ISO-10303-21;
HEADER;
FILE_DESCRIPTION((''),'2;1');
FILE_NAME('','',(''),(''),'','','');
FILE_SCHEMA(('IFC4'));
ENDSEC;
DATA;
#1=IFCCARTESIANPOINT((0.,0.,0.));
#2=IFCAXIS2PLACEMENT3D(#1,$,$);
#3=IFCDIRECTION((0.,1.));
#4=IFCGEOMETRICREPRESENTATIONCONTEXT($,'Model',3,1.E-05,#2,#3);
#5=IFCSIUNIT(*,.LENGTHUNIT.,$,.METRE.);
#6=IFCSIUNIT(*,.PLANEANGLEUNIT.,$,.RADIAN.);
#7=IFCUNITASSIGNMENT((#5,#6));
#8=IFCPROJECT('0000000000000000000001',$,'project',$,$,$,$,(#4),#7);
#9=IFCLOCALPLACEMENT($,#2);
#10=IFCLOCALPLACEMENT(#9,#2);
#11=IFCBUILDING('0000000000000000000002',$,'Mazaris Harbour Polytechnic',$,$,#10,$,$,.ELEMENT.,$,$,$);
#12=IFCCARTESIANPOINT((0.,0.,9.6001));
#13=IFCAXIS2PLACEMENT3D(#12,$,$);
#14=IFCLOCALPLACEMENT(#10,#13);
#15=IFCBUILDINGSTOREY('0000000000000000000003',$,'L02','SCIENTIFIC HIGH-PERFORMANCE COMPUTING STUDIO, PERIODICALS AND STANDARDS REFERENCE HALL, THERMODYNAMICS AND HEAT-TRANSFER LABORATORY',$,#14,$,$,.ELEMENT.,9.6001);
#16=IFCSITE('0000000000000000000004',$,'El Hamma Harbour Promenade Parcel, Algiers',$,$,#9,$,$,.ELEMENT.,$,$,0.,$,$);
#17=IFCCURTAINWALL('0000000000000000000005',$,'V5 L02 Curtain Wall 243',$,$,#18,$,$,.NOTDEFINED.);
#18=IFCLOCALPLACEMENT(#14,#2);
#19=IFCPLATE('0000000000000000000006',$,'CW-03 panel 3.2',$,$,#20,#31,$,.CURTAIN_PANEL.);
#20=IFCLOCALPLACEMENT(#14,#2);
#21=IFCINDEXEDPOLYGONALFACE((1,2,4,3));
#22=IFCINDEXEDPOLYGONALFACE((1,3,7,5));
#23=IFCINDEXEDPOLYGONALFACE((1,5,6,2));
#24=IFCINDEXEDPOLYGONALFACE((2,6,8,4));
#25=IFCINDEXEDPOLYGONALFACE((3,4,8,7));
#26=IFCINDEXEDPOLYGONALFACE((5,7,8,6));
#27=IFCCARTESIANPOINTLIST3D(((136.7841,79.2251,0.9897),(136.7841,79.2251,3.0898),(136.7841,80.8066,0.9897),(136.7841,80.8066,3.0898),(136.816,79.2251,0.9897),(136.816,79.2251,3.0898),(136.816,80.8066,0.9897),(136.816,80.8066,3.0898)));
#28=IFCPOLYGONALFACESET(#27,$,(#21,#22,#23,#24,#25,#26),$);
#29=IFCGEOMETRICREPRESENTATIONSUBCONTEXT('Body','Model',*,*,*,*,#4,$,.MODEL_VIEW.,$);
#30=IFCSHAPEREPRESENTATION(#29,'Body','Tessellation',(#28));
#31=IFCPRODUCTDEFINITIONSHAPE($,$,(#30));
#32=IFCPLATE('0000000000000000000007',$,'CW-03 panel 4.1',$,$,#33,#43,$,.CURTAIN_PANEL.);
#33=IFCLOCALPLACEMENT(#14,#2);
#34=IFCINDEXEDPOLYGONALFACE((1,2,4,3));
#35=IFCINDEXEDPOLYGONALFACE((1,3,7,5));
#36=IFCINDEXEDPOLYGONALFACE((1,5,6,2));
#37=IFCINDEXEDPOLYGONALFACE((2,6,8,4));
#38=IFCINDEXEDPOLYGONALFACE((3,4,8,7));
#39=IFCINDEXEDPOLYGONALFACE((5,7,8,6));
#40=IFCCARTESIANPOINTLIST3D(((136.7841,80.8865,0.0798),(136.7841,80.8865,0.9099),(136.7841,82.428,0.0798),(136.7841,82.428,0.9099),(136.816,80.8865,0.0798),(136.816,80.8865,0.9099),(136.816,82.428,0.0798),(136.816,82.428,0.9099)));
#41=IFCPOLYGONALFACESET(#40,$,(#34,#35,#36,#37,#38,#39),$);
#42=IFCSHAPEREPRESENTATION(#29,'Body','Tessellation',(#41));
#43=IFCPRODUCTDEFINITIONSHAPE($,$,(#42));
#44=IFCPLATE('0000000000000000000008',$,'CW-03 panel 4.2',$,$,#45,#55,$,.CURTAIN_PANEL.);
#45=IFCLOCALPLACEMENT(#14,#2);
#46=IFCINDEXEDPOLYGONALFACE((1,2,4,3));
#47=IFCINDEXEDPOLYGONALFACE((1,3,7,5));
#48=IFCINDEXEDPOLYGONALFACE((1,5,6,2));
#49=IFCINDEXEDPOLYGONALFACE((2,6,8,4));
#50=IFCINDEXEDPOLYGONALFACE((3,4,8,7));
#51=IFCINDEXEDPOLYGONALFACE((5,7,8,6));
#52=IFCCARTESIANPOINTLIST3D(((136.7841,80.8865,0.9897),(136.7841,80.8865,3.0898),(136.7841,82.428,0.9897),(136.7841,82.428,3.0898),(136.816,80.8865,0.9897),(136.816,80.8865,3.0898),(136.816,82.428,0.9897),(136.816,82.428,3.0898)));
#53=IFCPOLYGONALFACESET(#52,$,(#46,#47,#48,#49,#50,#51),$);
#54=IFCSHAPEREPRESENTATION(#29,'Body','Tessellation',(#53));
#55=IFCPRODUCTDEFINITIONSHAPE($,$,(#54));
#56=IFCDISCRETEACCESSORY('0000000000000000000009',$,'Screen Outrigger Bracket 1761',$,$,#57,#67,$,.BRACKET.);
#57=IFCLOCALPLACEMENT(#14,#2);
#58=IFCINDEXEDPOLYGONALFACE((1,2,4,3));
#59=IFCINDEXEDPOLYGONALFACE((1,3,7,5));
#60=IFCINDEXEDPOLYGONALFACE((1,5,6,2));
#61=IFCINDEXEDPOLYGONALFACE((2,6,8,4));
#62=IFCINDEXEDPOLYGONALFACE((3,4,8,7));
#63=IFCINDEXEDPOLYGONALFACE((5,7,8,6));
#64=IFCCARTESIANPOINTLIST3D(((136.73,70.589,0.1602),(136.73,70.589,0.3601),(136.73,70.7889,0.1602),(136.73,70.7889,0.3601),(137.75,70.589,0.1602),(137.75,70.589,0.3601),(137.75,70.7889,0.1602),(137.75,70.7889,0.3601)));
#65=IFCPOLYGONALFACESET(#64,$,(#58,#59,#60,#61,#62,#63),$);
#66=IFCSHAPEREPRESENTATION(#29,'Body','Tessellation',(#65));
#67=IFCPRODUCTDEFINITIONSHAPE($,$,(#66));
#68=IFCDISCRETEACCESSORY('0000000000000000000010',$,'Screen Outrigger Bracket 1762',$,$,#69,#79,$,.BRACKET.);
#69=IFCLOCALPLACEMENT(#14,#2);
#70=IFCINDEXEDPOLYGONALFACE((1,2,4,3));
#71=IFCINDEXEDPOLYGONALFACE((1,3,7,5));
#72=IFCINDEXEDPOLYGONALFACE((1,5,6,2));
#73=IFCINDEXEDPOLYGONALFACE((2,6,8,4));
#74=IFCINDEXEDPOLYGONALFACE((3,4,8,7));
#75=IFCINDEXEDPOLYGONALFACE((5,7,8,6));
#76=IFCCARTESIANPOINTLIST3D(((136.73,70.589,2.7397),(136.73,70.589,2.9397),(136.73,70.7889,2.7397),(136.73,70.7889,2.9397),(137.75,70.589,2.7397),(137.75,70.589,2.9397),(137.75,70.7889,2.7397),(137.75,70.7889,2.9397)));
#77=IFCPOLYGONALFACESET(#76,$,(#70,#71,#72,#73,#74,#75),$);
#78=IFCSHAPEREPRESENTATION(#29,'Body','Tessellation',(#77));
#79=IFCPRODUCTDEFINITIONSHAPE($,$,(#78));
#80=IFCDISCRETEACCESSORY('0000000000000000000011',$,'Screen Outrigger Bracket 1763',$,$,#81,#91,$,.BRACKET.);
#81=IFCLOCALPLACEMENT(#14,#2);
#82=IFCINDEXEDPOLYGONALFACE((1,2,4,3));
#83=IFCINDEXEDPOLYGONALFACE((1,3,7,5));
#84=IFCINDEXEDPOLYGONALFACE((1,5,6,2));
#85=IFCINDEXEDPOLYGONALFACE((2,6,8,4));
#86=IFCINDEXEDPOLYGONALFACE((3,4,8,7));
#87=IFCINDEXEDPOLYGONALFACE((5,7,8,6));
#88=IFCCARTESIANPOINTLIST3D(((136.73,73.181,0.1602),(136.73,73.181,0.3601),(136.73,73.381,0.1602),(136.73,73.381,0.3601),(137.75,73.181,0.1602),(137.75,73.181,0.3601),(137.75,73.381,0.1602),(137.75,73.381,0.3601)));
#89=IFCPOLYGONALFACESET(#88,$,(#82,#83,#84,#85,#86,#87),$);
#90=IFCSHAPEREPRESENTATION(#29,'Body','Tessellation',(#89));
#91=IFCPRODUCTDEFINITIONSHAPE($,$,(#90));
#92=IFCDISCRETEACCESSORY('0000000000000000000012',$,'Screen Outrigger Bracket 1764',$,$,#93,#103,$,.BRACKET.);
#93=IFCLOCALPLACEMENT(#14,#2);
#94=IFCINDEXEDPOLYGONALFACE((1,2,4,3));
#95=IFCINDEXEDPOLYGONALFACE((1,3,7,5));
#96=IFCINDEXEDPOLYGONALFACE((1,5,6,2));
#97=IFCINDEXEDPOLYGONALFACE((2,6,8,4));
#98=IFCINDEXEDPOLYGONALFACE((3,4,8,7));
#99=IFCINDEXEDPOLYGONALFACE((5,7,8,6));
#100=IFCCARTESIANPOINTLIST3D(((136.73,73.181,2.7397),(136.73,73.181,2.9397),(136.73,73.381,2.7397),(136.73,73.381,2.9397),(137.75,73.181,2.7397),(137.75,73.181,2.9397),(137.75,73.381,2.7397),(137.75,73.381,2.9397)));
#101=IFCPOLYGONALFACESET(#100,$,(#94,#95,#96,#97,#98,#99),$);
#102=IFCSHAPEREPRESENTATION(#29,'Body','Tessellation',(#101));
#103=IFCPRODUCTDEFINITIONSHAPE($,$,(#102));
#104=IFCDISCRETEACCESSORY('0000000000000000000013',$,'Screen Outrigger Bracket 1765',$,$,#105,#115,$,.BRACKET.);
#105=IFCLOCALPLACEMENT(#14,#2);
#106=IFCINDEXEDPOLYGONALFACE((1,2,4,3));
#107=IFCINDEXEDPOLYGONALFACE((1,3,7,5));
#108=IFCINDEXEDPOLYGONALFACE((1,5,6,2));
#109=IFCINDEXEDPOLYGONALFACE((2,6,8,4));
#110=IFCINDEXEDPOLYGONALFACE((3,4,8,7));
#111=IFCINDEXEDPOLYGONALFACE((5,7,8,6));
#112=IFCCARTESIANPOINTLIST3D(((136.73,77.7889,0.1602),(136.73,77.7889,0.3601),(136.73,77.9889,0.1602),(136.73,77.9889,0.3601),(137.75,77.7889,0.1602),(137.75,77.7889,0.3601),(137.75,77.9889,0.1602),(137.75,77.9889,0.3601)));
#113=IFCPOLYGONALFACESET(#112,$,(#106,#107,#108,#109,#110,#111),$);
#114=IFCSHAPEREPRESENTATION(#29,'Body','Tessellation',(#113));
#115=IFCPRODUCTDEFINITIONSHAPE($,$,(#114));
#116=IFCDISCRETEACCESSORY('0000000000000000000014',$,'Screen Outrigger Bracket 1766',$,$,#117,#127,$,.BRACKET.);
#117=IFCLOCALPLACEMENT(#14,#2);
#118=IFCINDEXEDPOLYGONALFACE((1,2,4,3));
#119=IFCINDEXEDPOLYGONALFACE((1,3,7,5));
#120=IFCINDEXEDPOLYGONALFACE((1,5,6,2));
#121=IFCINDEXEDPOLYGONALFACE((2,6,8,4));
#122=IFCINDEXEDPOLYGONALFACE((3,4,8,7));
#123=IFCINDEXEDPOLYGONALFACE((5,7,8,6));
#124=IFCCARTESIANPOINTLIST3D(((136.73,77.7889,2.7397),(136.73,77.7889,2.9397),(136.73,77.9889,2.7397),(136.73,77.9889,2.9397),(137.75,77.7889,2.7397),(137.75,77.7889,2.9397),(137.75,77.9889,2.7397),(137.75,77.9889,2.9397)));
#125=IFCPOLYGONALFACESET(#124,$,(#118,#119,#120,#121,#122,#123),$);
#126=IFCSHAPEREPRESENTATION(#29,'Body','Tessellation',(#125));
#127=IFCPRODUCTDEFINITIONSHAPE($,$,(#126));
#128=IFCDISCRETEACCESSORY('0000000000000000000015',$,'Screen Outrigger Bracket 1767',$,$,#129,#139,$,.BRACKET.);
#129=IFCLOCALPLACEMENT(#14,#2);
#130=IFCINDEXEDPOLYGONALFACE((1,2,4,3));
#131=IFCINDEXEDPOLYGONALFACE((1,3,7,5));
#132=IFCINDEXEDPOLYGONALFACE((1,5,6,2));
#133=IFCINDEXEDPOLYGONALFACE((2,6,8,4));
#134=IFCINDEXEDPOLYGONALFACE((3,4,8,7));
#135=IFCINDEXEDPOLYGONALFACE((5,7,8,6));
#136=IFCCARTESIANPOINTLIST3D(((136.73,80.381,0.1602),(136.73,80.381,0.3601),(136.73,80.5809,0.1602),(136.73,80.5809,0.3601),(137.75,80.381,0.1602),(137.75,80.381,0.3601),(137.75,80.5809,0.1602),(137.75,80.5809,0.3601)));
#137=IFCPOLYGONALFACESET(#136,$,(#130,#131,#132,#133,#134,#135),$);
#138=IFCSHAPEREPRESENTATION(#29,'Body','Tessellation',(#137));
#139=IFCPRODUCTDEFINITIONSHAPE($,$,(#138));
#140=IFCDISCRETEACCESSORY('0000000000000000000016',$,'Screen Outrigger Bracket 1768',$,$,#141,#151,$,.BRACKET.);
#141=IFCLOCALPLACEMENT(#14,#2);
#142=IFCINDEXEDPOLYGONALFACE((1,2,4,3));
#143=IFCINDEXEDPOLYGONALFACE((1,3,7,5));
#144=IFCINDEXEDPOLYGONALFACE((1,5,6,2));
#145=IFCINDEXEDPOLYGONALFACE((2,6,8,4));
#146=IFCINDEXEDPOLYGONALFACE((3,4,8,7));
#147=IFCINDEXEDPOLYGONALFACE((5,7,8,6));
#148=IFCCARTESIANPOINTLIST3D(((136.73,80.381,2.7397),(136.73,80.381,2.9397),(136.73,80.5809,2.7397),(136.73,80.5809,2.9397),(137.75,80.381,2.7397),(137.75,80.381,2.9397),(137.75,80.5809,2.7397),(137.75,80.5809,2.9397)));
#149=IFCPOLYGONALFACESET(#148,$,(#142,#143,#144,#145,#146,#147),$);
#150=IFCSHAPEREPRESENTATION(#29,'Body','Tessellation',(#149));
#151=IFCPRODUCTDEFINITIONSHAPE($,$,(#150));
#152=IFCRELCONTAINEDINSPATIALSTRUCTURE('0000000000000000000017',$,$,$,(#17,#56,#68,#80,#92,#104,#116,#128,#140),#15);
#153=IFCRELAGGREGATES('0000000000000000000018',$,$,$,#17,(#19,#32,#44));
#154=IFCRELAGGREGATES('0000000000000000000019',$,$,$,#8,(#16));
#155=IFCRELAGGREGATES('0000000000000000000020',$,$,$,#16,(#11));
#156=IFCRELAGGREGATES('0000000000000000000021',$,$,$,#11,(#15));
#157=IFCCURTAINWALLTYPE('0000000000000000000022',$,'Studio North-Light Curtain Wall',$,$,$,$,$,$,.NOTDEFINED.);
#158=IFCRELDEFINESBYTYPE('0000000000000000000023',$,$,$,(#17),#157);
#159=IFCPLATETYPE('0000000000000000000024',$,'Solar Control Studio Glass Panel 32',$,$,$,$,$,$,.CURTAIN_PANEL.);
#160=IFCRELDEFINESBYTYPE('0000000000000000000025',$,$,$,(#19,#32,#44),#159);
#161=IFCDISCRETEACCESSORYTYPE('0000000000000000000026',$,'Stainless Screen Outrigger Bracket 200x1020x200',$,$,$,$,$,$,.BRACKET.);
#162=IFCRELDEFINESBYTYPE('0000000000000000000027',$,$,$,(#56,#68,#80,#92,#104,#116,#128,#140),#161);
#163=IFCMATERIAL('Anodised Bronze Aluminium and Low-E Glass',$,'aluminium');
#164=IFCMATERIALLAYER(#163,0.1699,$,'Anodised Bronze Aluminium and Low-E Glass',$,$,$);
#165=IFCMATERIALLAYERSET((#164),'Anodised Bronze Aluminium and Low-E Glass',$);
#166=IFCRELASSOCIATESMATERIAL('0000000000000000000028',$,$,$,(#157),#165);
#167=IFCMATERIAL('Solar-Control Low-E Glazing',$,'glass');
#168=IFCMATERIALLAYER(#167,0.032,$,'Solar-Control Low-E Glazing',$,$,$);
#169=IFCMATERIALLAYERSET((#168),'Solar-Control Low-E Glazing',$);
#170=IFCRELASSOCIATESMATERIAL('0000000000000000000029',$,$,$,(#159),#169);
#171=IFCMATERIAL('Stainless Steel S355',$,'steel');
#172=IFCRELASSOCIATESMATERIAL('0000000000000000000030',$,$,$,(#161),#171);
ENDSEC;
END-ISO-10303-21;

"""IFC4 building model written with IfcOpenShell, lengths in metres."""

from ifc_helpers import new_model, si_unit, direction, frame, origin, origin_2d, place, context, subcontext, project, spatial, rectangle, extrude, material, layer, layer_set, type_object, element, aggregate, save


model = new_model("IFC4")

# Units and contexts
model_context = context("Model", 3, precision=1e-05, world=origin(), true_north=direction((0.0, 1.0)))
body_context = subcontext(model_context, "Body", "Model", "MODEL_VIEW")
ifc_project = project(units=[si_unit("LENGTHUNIT", "METRE"), si_unit("PLANEANGLEUNIT", "RADIAN")], contexts=[model_context])

# Site, building, storey
site_placement = place(None, origin())
site = spatial("IfcSite", under=ifc_project, at=site_placement, Name="El Hamma Harbour Promenade Parcel, Algiers", CompositionType="ELEMENT", RefElevation=0.0)
building_placement = place(site_placement, origin())
building = spatial("IfcBuilding", under=site, at=building_placement, Name="Mazaris Harbour Polytechnic", CompositionType="ELEMENT")
storey_placement = place(building_placement, frame((0.0, 0.0, 9.6001)))
storey = spatial("IfcBuildingStorey", under=building, at=storey_placement, Name="L02", Description="SCIENTIFIC HIGH-PERFORMANCE COMPUTING STUDIO, PERIODICALS AND STANDARDS REFERENCE HALL, THERMODYNAMICS AND HEAT-TRANSFER LABORATORY", CompositionType="ELEMENT", Elevation=9.6001)

# Curtain wall
ifc_material_1 = material(Name="Anodised Bronze Aluminium and Low-E Glass", Category="aluminium")
ifc_layer_1 = layer(ifc_material_1, 0.1699, Name="Anodised Bronze Aluminium and Low-E Glass")
ifc_layer_set_1 = layer_set([ifc_layer_1], Name="Anodised Bronze Aluminium and Low-E Glass")
curtain_wall_type = type_object("IfcCurtainWallType", Name="Studio North-Light Curtain Wall", PredefinedType="NOTDEFINED", material=ifc_layer_set_1)
curtain_wall_1_placement = place(storey_placement, origin())
curtain_wall_1 = element("IfcCurtainWall", 1, at=curtain_wall_1_placement, inside=storey, type_object=curtain_wall_type, Name="V5 L02 Curtain Wall 243", PredefinedType="NOTDEFINED")

# Plates
ifc_material_2 = material(Name="Solar-Control Low-E Glazing", Category="glass")
ifc_layer_2 = layer(ifc_material_2, 0.032, Name="Solar-Control Low-E Glazing")
ifc_layer_set_2 = layer_set([ifc_layer_2], Name="Solar-Control Low-E Glazing")
plate_type = type_object("IfcPlateType", Name="Solar Control Studio Glass Panel 32", PredefinedType="CURTAIN_PANEL", material=ifc_layer_set_2)
plate_1_placement = place(storey_placement, frame((136.8, 80.0159, 0.9897), z_axis=(0.0, 0.0, 1.0), x_axis=(0.0, 1.0, 0.0)))
plate_1 = element("IfcPlate", 2, at=plate_1_placement, type_object=plate_type, Name="CW-03 panel 3.2", PredefinedType="CURTAIN_PANEL", context=body_context, shape_type="SweptSolid", body=[
    extrude(rectangle(XDim=1.5815, YDim=0.032, at=origin_2d()), origin(), (0.0, 0.0, 1.0), 2.1001),
])
plate_2_placement = place(storey_placement, frame((136.8, 81.6572, 0.0798), z_axis=(0.0, 0.0, 1.0), x_axis=(0.0, 1.0, 0.0)))
plate_2 = element("IfcPlate", 3, at=plate_2_placement, type_object=plate_type, Name="CW-03 panel 4.1", PredefinedType="CURTAIN_PANEL", context=body_context, shape_type="SweptSolid", body=[
    extrude(rectangle(XDim=1.5415, YDim=0.032, at=origin_2d()), origin(), (0.0, 0.0, 1.0), 0.8301),
])
plate_3_placement = place(storey_placement, frame((136.8, 81.6572, 0.9897), z_axis=(0.0, 0.0, 1.0), x_axis=(0.0, 1.0, 0.0)))
plate_3 = element("IfcPlate", 4, at=plate_3_placement, type_object=plate_type, Name="CW-03 panel 4.2", PredefinedType="CURTAIN_PANEL", context=body_context, shape_type="SweptSolid", body=[
    extrude(rectangle(XDim=1.5415, YDim=0.032, at=origin_2d()), origin(), (0.0, 0.0, 1.0), 2.1001),
])
aggregate(curtain_wall_1, [plate_1, plate_2, plate_3])

# Discrete accessories
ifc_material_3 = material(Name="Stainless Steel S355", Category="steel")
discrete_accessory_type = type_object("IfcDiscreteAccessoryType", Name="Stainless Screen Outrigger Bracket 200x1020x200", PredefinedType="BRACKET", material=ifc_material_3)
for number, where, z_axis, x_axis, name in (
    (5, (137.24, 70.689, 0.1602), (0.0, 0.0, 1.0), (0.0, 1.0, 0.0), "Screen Outrigger Bracket 1761"),
    (6, (137.24, 70.689, 2.7397), (0.0, 0.0, 1.0), (0.0, 1.0, 0.0), "Screen Outrigger Bracket 1762"),
    (7, (137.24, 73.281, 0.1602), (0.0, 0.0, 1.0), (0.0, 1.0, 0.0), "Screen Outrigger Bracket 1763"),
    (8, (137.24, 73.281, 2.7397), (0.0, 0.0, 1.0), (0.0, 1.0, 0.0), "Screen Outrigger Bracket 1764"),
    (9, (137.24, 77.8889, 0.1602), (0.0, 0.0, 1.0), (0.0, 1.0, 0.0), "Screen Outrigger Bracket 1765"),
    (10, (137.24, 77.8889, 2.7397), (0.0, 0.0, 1.0), (0.0, 1.0, 0.0), "Screen Outrigger Bracket 1766"),
    (11, (137.24, 80.481, 0.1602), (0.0, 0.0, 1.0), (0.0, 1.0, 0.0), "Screen Outrigger Bracket 1767"),
    (12, (137.24, 80.481, 2.7397), (0.0, 0.0, 1.0), (0.0, 1.0, 0.0), "Screen Outrigger Bracket 1768"),
):
    element("IfcDiscreteAccessory", number, at=place(storey_placement, frame(where, z_axis=z_axis, x_axis=x_axis)), inside=storey, type_object=discrete_accessory_type, Name=name, PredefinedType="BRACKET", context=body_context, shape_type="SweptSolid", body=[
        extrude(rectangle(XDim=0.2, YDim=1.02, at=origin_2d()), origin(), (0.0, 0.0, 1.0), 0.2),
    ])

save(model, "model.ifc")
